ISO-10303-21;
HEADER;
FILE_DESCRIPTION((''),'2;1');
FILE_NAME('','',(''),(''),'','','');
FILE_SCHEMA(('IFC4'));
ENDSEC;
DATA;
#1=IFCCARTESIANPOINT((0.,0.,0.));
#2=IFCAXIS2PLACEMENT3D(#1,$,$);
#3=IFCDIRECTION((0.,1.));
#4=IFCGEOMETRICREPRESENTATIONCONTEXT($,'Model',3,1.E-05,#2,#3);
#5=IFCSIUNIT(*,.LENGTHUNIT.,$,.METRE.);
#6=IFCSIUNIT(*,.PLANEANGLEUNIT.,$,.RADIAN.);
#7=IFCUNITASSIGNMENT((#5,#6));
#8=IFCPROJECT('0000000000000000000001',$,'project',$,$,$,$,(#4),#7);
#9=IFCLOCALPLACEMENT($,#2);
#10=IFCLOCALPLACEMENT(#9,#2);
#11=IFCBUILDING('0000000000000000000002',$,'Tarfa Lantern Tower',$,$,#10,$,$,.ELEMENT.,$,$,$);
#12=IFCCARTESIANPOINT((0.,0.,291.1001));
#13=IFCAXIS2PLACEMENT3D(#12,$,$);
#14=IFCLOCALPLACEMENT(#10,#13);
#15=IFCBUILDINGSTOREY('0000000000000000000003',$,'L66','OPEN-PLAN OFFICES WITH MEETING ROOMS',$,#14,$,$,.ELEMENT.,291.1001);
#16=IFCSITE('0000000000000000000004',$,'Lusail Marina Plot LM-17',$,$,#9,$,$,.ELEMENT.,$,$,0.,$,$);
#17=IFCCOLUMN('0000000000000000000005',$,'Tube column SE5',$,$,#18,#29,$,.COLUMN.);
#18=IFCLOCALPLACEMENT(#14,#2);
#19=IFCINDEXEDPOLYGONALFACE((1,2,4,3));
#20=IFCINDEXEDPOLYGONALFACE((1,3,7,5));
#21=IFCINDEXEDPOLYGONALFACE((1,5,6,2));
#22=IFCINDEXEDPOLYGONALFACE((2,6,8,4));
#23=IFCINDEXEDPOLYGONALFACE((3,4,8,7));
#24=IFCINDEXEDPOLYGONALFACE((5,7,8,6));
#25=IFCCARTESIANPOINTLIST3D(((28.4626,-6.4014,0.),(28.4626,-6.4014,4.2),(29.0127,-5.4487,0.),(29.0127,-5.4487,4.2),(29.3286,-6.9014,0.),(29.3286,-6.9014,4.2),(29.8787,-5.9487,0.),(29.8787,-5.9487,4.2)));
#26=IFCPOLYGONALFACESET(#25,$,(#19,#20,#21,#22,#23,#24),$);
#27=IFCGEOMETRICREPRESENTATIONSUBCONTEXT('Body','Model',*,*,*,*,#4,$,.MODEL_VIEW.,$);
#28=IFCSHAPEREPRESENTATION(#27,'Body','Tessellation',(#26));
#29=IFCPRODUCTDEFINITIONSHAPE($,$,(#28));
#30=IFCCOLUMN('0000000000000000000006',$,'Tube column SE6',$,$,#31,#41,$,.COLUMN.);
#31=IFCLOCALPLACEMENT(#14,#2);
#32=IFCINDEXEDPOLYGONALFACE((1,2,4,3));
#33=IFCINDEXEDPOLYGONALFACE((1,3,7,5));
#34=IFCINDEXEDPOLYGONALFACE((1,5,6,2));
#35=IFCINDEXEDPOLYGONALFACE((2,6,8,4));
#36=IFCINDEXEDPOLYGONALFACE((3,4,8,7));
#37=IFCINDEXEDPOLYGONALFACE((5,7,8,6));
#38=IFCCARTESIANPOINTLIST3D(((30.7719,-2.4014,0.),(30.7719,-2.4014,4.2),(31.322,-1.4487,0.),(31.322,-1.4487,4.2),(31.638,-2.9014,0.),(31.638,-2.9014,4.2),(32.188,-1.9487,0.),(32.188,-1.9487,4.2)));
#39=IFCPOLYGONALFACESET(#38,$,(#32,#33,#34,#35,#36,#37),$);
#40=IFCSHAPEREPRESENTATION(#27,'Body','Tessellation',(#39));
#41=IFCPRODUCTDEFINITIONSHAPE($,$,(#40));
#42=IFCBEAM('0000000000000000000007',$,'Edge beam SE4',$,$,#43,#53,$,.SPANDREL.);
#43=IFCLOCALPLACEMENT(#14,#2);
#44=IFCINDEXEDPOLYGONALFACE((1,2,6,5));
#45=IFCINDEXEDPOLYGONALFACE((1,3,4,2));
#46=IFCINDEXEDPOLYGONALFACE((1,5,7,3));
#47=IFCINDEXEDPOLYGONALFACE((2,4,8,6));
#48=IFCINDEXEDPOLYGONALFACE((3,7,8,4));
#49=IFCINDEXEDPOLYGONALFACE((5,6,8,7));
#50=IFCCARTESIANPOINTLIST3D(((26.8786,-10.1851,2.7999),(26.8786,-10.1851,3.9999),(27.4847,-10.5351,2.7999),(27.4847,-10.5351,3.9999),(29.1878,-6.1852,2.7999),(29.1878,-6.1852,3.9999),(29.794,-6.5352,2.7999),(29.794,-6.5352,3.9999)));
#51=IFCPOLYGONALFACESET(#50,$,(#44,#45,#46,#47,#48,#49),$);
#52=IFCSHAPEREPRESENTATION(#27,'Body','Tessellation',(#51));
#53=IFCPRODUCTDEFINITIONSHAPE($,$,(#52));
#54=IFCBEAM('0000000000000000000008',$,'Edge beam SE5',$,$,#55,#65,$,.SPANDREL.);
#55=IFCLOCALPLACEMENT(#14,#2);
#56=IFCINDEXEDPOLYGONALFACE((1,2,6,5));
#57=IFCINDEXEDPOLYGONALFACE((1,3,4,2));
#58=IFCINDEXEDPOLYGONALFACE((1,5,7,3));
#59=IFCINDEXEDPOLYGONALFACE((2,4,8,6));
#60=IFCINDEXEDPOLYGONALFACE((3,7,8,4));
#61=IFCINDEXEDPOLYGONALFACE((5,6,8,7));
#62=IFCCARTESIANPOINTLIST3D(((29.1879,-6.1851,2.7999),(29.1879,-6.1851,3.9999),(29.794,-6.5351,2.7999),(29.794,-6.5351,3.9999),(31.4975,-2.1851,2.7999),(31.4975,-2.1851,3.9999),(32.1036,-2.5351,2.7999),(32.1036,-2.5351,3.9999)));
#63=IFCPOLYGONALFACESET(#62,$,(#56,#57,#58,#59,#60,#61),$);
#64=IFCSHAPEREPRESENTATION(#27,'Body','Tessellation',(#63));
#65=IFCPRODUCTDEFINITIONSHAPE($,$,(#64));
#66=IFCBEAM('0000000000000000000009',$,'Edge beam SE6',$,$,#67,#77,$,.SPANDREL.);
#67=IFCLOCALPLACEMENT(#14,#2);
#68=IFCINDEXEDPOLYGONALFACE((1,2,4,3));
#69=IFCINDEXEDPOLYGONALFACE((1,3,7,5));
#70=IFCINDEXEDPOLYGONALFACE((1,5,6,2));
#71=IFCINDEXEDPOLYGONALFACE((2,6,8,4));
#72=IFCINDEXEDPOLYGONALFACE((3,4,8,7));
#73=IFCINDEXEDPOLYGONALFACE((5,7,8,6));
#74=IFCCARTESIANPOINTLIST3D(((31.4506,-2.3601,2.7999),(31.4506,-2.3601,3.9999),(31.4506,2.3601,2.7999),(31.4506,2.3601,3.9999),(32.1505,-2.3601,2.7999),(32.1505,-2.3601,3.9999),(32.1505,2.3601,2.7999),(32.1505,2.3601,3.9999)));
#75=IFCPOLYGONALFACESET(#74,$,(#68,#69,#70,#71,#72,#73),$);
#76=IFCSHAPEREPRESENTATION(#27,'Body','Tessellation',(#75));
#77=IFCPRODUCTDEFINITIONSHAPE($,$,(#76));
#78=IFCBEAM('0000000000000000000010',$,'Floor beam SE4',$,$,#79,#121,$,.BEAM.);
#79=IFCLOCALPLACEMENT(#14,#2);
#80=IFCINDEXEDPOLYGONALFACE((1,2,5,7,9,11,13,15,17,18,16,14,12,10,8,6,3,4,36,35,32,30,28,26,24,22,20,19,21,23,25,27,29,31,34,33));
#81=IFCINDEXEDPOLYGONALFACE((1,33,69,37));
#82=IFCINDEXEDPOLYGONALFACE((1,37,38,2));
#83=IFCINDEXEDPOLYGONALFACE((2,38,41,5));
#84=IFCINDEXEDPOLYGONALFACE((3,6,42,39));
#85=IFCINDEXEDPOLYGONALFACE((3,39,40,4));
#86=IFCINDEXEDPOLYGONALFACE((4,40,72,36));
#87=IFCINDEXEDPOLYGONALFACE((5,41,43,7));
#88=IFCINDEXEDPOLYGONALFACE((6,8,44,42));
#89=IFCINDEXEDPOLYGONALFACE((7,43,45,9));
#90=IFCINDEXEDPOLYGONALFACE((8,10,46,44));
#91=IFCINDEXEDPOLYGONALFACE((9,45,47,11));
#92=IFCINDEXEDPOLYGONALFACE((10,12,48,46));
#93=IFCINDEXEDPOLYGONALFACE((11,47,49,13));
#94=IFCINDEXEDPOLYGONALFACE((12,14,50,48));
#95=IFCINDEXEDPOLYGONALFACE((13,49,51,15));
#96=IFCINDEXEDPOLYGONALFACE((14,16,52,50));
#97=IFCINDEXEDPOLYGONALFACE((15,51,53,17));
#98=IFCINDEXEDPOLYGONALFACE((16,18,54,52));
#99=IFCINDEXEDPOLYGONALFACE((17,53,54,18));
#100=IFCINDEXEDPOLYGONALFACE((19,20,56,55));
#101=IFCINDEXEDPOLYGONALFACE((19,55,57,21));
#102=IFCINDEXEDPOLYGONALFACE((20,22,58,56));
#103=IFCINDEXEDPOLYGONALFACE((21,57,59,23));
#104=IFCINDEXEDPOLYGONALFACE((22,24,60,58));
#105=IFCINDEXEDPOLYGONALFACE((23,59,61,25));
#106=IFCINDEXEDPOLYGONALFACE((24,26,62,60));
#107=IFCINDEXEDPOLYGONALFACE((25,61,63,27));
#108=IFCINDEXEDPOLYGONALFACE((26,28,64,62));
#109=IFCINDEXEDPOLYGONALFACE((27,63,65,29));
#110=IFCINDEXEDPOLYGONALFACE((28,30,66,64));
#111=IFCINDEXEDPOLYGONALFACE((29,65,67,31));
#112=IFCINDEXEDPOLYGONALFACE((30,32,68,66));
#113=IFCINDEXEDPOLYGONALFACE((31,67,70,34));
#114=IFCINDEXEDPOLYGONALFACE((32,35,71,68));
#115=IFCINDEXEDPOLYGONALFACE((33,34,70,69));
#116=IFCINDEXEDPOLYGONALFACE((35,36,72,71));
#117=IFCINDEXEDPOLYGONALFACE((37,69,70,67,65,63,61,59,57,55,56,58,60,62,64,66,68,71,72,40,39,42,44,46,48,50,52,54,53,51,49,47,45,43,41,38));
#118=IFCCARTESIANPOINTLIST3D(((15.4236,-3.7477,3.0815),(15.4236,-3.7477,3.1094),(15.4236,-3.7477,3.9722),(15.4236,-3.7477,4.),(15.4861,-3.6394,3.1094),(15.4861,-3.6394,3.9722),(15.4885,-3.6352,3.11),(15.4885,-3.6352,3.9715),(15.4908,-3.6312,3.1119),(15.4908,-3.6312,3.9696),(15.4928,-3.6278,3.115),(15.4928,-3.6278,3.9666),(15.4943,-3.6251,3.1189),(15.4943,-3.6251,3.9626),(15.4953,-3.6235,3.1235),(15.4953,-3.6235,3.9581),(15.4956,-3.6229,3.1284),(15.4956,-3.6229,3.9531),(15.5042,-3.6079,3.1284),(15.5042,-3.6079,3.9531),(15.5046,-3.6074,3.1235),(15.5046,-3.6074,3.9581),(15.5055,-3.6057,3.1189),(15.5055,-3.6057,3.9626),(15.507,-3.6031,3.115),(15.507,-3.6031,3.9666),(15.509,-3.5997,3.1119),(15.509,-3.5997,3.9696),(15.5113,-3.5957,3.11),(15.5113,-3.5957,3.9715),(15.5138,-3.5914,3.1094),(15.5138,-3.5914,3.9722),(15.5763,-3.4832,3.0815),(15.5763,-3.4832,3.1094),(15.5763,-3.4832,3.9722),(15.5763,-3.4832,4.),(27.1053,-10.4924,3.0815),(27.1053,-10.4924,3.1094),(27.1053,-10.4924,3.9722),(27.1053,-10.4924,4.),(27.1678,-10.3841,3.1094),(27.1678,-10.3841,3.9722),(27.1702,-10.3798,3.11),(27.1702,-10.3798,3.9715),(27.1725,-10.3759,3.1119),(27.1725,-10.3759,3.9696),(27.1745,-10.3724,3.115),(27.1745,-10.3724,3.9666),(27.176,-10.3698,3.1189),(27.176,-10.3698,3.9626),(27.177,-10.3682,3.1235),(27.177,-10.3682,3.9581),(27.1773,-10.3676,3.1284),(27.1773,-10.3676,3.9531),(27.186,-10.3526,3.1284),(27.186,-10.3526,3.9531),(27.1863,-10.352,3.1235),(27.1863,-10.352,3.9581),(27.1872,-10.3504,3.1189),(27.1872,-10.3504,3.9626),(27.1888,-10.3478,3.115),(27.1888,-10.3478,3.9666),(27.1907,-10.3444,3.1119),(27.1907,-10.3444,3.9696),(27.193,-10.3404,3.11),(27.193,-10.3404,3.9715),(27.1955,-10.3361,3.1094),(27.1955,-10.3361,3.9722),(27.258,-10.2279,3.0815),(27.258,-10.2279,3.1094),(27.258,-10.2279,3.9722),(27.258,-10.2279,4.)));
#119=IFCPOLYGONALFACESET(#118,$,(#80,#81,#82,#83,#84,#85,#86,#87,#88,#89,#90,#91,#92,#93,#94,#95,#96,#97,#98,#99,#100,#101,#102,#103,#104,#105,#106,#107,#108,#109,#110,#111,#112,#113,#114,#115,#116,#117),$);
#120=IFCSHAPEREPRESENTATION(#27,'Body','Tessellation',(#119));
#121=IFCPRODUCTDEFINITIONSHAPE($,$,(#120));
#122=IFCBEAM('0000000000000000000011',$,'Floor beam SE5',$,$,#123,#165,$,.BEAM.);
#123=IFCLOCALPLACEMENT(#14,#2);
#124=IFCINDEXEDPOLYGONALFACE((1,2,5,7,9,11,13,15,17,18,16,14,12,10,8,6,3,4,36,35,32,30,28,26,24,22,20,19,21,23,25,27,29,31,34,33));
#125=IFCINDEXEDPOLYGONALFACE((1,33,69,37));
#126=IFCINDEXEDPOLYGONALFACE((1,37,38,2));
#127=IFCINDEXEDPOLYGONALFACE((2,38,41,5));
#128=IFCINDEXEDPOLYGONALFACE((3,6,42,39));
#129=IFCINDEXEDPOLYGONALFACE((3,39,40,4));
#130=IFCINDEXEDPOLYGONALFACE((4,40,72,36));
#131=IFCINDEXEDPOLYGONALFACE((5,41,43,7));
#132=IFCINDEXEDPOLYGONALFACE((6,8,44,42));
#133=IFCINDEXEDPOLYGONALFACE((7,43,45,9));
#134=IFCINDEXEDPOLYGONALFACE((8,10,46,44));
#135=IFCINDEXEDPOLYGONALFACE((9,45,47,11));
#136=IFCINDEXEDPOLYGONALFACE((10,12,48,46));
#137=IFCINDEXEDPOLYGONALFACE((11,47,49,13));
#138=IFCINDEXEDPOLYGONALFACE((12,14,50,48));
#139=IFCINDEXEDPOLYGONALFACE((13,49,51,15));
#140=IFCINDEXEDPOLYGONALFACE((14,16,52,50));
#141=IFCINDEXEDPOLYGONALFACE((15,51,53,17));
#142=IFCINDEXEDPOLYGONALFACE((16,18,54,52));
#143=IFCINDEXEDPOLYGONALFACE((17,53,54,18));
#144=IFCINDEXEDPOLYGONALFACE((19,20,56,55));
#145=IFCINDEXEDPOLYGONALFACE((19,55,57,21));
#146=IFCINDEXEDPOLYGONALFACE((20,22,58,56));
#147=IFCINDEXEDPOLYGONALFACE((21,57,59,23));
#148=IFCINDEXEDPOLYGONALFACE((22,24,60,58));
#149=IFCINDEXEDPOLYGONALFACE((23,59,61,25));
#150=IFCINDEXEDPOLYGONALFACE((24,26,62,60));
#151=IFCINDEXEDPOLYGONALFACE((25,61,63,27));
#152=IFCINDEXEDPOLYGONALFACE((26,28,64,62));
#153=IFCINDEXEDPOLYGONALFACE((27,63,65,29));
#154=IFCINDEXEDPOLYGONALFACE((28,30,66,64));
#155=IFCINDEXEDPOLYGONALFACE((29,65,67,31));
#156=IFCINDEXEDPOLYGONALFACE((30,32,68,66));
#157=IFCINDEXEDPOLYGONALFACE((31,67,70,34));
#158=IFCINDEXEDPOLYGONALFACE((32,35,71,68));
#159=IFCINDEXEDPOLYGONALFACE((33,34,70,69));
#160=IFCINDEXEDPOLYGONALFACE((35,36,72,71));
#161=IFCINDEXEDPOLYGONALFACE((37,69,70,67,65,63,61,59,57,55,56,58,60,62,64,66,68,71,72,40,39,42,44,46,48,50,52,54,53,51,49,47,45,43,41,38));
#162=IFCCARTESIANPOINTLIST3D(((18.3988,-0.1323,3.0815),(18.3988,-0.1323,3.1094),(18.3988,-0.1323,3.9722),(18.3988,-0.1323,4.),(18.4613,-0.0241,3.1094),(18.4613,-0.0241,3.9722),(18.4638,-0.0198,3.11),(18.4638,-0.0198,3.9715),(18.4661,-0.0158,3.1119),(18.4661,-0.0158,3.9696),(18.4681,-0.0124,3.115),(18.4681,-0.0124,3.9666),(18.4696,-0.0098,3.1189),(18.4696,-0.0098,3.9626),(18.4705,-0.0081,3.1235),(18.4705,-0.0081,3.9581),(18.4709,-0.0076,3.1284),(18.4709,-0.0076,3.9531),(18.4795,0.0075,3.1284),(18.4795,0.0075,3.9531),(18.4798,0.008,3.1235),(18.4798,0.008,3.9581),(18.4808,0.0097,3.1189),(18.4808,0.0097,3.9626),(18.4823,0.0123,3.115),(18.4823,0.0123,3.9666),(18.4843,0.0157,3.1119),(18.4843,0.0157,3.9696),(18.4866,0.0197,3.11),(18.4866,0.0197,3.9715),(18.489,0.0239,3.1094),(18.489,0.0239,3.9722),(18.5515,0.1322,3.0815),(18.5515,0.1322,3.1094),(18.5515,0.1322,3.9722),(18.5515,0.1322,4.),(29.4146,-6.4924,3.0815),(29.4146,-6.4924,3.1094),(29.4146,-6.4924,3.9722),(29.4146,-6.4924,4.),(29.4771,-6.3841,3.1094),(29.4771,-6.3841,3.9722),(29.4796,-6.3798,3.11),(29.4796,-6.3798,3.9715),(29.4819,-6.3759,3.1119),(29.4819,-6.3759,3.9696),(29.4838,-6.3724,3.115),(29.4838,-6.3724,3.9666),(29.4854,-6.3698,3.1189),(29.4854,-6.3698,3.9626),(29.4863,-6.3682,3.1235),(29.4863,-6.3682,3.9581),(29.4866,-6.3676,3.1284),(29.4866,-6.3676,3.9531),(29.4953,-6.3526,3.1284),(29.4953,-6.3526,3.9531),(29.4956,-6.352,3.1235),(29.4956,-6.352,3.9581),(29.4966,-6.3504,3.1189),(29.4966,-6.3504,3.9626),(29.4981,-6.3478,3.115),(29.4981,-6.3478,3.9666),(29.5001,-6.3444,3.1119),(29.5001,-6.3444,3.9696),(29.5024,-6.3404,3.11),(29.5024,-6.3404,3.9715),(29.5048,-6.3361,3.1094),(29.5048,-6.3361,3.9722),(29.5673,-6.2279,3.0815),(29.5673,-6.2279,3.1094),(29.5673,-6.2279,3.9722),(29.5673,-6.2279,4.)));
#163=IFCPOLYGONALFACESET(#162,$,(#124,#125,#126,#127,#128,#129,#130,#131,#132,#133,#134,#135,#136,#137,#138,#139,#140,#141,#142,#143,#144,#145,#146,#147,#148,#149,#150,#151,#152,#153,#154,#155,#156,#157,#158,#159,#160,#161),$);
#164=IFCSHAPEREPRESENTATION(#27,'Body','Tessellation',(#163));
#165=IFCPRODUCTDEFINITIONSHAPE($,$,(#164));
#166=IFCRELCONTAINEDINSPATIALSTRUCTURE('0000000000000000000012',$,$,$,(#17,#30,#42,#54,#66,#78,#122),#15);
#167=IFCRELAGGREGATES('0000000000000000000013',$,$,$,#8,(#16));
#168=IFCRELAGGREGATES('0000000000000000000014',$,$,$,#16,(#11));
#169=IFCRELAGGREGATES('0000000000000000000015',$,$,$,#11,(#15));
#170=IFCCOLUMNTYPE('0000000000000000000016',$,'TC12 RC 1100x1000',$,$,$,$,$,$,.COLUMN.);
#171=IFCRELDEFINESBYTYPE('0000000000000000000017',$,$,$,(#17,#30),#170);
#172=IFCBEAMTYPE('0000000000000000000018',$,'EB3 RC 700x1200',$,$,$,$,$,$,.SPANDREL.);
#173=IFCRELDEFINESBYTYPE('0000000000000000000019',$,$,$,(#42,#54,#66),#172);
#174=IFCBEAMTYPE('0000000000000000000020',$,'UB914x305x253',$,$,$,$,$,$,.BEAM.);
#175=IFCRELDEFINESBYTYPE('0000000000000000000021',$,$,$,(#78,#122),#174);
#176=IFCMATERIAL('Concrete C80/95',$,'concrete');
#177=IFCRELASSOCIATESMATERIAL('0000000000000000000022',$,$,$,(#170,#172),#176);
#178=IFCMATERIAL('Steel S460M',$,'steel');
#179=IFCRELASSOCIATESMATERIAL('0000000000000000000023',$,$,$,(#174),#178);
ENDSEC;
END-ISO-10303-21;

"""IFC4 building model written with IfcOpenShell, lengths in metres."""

from ifc_helpers import new_model, si_unit, direction, frame, origin, origin_2d, place, context, subcontext, project, spatial, rectangle, i_section, extrude, material, material_profile, profile_set, type_object, element, save


model = new_model("IFC4")

# Units and contexts
model_context = context("Model", 3, precision=1e-05, world=origin(), true_north=direction((0.0, 1.0)))
body_context = subcontext(model_context, "Body", "Model", "MODEL_VIEW")
ifc_project = project(units=[si_unit("LENGTHUNIT", "METRE"), si_unit("PLANEANGLEUNIT", "RADIAN")], contexts=[model_context])

# Site, building, storey
site_placement = place(None, origin())
site = spatial("IfcSite", under=ifc_project, at=site_placement, Name="Lusail Marina Plot LM-17", CompositionType="ELEMENT", RefElevation=0.0)
building_placement = place(site_placement, origin())
building = spatial("IfcBuilding", under=site, at=building_placement, Name="Tarfa Lantern Tower", CompositionType="ELEMENT")
storey_placement = place(building_placement, frame((0.0, 0.0, 291.1001)))
storey = spatial("IfcBuildingStorey", under=building, at=storey_placement, Name="L66", Description="OPEN-PLAN OFFICES WITH MEETING ROOMS", CompositionType="ELEMENT", Elevation=291.1001)

# Columns
ifc_material_1 = material(Name="Concrete C80/95", Category="concrete")
ifc_material_profile_1 = material_profile(ifc_material_1, rectangle(XDim=1.1001, YDim=1.0, at=origin_2d()), Name="RC 1100x1000")
ifc_profile_set_1 = profile_set([ifc_material_profile_1], Name="Concrete C80/95")
column_type = type_object("IfcColumnType", Name="TC12 RC 1100x1000", PredefinedType="COLUMN", material=ifc_profile_set_1)
for number, where, z_axis, x_axis, name in (
    (1, (29.1707, -6.175, 0.0), (0.0, 0.0, 1.0), (0.5, 0.866025, 0.0), "Tube column SE5"),
    (2, (31.48, -2.175, 0.0), (0.0, 0.0, 1.0), (0.5, 0.866025, 0.0), "Tube column SE6"),
):
    element("IfcColumn", number, at=place(storey_placement, frame(where, z_axis=z_axis, x_axis=x_axis)), inside=storey, type_object=column_type, Name=name, PredefinedType="COLUMN", context=body_context, shape_type="SweptSolid", body=[
        extrude(rectangle(XDim=1.1001, YDim=1.0, at=origin_2d()), origin(), (0.0, 0.0, 1.0), 4.2),
    ])

# Beams
ifc_material_profile_2 = material_profile(ifc_material_1, rectangle(XDim=0.7, YDim=1.2, at=origin_2d()), Name="RC 700x1200")
ifc_profile_set_2 = profile_set([ifc_material_profile_2], Name="Concrete C80/95")
beam_type_1 = type_object("IfcBeamType", Name="EB3 RC 700x1200", PredefinedType="SPANDREL", material=ifc_profile_set_2)
beam_1_placement = place(storey_placement, frame((27.1816, -10.3601, 3.3999), z_axis=(0.499988, 0.866032, 0.0), x_axis=(-0.866032, 0.499988, 0.0)))
element("IfcBeam", 3, at=beam_1_placement, inside=storey, type_object=beam_type_1, Name="Edge beam SE4", PredefinedType="SPANDREL", context=body_context, shape_type="SweptSolid", body=[
    extrude(rectangle(XDim=0.7, YDim=1.2, at=origin_2d()), origin(), (0.0, 0.0, 1.0), 4.6187),
])
beam_2_placement = place(storey_placement, frame((29.491, -6.3601, 3.3999), z_axis=(0.500027, 0.86601, 0.0), x_axis=(-0.86601, 0.500027, 0.0)))
element("IfcBeam", 4, at=beam_2_placement, inside=storey, type_object=beam_type_1, Name="Edge beam SE5", PredefinedType="SPANDREL", context=body_context, shape_type="SweptSolid", body=[
    extrude(rectangle(XDim=0.7, YDim=1.2, at=origin_2d()), origin(), (0.0, 0.0, 1.0), 4.6189),
])
beam_3_placement = place(storey_placement, frame((31.8005, -2.3601, 3.3999), z_axis=(0.0, 1.0, 0.0), x_axis=(-1.0, 0.0, 0.0)))
element("IfcBeam", 5, at=beam_3_placement, inside=storey, type_object=beam_type_1, Name="Edge beam SE6", PredefinedType="SPANDREL", context=body_context, shape_type="SweptSolid", body=[
    extrude(rectangle(XDim=0.7, YDim=1.2, at=origin_2d()), origin(), (0.0, 0.0, 1.0), 4.7202),
])
ifc_material_2 = material(Name="Steel S460M", Category="steel")
ifc_material_profile_3 = material_profile(ifc_material_2, i_section(OverallWidth=0.3054, OverallDepth=0.9185, WebThickness=0.0173, FlangeThickness=0.0278, FilletRadius=0.019, at=origin_2d()), Name="UB914x305x253")
ifc_profile_set_3 = profile_set([ifc_material_profile_3], Name="Steel S460M")
beam_type_2 = type_object("IfcBeamType", Name="UB914x305x253", PredefinedType="BEAM", material=ifc_profile_set_3)
beam_4_placement = place(storey_placement, frame((27.1816, -10.3601, 3.5408), z_axis=(-0.866018, 0.500013, 0.0), x_axis=(-0.500013, -0.866018, 0.0)))
element("IfcBeam", 6, at=beam_4_placement, inside=storey, type_object=beam_type_2, Name="Floor beam SE4", PredefinedType="BEAM", context=body_context, shape_type="SweptSolid", body=[
    extrude(i_section(OverallWidth=0.3054, OverallDepth=0.9185, WebThickness=0.0173, FlangeThickness=0.0278, FilletRadius=0.019, at=origin_2d()), origin(), (0.0, 0.0, 1.0), 13.489),
])
beam_5_placement = place(storey_placement, frame((29.491, -6.3601, 3.5408), z_axis=(-0.866022, 0.500005, 0.0), x_axis=(-0.500005, -0.866022, 0.0)))
element("IfcBeam", 7, at=beam_5_placement, inside=storey, type_object=beam_type_2, Name="Floor beam SE5", PredefinedType="BEAM", context=body_context, shape_type="SweptSolid", body=[
    extrude(i_section(OverallWidth=0.3054, OverallDepth=0.9185, WebThickness=0.0173, FlangeThickness=0.0278, FilletRadius=0.019, at=origin_2d()), origin(), (0.0, 0.0, 1.0), 12.72),
])

save(model, "model.ifc")
